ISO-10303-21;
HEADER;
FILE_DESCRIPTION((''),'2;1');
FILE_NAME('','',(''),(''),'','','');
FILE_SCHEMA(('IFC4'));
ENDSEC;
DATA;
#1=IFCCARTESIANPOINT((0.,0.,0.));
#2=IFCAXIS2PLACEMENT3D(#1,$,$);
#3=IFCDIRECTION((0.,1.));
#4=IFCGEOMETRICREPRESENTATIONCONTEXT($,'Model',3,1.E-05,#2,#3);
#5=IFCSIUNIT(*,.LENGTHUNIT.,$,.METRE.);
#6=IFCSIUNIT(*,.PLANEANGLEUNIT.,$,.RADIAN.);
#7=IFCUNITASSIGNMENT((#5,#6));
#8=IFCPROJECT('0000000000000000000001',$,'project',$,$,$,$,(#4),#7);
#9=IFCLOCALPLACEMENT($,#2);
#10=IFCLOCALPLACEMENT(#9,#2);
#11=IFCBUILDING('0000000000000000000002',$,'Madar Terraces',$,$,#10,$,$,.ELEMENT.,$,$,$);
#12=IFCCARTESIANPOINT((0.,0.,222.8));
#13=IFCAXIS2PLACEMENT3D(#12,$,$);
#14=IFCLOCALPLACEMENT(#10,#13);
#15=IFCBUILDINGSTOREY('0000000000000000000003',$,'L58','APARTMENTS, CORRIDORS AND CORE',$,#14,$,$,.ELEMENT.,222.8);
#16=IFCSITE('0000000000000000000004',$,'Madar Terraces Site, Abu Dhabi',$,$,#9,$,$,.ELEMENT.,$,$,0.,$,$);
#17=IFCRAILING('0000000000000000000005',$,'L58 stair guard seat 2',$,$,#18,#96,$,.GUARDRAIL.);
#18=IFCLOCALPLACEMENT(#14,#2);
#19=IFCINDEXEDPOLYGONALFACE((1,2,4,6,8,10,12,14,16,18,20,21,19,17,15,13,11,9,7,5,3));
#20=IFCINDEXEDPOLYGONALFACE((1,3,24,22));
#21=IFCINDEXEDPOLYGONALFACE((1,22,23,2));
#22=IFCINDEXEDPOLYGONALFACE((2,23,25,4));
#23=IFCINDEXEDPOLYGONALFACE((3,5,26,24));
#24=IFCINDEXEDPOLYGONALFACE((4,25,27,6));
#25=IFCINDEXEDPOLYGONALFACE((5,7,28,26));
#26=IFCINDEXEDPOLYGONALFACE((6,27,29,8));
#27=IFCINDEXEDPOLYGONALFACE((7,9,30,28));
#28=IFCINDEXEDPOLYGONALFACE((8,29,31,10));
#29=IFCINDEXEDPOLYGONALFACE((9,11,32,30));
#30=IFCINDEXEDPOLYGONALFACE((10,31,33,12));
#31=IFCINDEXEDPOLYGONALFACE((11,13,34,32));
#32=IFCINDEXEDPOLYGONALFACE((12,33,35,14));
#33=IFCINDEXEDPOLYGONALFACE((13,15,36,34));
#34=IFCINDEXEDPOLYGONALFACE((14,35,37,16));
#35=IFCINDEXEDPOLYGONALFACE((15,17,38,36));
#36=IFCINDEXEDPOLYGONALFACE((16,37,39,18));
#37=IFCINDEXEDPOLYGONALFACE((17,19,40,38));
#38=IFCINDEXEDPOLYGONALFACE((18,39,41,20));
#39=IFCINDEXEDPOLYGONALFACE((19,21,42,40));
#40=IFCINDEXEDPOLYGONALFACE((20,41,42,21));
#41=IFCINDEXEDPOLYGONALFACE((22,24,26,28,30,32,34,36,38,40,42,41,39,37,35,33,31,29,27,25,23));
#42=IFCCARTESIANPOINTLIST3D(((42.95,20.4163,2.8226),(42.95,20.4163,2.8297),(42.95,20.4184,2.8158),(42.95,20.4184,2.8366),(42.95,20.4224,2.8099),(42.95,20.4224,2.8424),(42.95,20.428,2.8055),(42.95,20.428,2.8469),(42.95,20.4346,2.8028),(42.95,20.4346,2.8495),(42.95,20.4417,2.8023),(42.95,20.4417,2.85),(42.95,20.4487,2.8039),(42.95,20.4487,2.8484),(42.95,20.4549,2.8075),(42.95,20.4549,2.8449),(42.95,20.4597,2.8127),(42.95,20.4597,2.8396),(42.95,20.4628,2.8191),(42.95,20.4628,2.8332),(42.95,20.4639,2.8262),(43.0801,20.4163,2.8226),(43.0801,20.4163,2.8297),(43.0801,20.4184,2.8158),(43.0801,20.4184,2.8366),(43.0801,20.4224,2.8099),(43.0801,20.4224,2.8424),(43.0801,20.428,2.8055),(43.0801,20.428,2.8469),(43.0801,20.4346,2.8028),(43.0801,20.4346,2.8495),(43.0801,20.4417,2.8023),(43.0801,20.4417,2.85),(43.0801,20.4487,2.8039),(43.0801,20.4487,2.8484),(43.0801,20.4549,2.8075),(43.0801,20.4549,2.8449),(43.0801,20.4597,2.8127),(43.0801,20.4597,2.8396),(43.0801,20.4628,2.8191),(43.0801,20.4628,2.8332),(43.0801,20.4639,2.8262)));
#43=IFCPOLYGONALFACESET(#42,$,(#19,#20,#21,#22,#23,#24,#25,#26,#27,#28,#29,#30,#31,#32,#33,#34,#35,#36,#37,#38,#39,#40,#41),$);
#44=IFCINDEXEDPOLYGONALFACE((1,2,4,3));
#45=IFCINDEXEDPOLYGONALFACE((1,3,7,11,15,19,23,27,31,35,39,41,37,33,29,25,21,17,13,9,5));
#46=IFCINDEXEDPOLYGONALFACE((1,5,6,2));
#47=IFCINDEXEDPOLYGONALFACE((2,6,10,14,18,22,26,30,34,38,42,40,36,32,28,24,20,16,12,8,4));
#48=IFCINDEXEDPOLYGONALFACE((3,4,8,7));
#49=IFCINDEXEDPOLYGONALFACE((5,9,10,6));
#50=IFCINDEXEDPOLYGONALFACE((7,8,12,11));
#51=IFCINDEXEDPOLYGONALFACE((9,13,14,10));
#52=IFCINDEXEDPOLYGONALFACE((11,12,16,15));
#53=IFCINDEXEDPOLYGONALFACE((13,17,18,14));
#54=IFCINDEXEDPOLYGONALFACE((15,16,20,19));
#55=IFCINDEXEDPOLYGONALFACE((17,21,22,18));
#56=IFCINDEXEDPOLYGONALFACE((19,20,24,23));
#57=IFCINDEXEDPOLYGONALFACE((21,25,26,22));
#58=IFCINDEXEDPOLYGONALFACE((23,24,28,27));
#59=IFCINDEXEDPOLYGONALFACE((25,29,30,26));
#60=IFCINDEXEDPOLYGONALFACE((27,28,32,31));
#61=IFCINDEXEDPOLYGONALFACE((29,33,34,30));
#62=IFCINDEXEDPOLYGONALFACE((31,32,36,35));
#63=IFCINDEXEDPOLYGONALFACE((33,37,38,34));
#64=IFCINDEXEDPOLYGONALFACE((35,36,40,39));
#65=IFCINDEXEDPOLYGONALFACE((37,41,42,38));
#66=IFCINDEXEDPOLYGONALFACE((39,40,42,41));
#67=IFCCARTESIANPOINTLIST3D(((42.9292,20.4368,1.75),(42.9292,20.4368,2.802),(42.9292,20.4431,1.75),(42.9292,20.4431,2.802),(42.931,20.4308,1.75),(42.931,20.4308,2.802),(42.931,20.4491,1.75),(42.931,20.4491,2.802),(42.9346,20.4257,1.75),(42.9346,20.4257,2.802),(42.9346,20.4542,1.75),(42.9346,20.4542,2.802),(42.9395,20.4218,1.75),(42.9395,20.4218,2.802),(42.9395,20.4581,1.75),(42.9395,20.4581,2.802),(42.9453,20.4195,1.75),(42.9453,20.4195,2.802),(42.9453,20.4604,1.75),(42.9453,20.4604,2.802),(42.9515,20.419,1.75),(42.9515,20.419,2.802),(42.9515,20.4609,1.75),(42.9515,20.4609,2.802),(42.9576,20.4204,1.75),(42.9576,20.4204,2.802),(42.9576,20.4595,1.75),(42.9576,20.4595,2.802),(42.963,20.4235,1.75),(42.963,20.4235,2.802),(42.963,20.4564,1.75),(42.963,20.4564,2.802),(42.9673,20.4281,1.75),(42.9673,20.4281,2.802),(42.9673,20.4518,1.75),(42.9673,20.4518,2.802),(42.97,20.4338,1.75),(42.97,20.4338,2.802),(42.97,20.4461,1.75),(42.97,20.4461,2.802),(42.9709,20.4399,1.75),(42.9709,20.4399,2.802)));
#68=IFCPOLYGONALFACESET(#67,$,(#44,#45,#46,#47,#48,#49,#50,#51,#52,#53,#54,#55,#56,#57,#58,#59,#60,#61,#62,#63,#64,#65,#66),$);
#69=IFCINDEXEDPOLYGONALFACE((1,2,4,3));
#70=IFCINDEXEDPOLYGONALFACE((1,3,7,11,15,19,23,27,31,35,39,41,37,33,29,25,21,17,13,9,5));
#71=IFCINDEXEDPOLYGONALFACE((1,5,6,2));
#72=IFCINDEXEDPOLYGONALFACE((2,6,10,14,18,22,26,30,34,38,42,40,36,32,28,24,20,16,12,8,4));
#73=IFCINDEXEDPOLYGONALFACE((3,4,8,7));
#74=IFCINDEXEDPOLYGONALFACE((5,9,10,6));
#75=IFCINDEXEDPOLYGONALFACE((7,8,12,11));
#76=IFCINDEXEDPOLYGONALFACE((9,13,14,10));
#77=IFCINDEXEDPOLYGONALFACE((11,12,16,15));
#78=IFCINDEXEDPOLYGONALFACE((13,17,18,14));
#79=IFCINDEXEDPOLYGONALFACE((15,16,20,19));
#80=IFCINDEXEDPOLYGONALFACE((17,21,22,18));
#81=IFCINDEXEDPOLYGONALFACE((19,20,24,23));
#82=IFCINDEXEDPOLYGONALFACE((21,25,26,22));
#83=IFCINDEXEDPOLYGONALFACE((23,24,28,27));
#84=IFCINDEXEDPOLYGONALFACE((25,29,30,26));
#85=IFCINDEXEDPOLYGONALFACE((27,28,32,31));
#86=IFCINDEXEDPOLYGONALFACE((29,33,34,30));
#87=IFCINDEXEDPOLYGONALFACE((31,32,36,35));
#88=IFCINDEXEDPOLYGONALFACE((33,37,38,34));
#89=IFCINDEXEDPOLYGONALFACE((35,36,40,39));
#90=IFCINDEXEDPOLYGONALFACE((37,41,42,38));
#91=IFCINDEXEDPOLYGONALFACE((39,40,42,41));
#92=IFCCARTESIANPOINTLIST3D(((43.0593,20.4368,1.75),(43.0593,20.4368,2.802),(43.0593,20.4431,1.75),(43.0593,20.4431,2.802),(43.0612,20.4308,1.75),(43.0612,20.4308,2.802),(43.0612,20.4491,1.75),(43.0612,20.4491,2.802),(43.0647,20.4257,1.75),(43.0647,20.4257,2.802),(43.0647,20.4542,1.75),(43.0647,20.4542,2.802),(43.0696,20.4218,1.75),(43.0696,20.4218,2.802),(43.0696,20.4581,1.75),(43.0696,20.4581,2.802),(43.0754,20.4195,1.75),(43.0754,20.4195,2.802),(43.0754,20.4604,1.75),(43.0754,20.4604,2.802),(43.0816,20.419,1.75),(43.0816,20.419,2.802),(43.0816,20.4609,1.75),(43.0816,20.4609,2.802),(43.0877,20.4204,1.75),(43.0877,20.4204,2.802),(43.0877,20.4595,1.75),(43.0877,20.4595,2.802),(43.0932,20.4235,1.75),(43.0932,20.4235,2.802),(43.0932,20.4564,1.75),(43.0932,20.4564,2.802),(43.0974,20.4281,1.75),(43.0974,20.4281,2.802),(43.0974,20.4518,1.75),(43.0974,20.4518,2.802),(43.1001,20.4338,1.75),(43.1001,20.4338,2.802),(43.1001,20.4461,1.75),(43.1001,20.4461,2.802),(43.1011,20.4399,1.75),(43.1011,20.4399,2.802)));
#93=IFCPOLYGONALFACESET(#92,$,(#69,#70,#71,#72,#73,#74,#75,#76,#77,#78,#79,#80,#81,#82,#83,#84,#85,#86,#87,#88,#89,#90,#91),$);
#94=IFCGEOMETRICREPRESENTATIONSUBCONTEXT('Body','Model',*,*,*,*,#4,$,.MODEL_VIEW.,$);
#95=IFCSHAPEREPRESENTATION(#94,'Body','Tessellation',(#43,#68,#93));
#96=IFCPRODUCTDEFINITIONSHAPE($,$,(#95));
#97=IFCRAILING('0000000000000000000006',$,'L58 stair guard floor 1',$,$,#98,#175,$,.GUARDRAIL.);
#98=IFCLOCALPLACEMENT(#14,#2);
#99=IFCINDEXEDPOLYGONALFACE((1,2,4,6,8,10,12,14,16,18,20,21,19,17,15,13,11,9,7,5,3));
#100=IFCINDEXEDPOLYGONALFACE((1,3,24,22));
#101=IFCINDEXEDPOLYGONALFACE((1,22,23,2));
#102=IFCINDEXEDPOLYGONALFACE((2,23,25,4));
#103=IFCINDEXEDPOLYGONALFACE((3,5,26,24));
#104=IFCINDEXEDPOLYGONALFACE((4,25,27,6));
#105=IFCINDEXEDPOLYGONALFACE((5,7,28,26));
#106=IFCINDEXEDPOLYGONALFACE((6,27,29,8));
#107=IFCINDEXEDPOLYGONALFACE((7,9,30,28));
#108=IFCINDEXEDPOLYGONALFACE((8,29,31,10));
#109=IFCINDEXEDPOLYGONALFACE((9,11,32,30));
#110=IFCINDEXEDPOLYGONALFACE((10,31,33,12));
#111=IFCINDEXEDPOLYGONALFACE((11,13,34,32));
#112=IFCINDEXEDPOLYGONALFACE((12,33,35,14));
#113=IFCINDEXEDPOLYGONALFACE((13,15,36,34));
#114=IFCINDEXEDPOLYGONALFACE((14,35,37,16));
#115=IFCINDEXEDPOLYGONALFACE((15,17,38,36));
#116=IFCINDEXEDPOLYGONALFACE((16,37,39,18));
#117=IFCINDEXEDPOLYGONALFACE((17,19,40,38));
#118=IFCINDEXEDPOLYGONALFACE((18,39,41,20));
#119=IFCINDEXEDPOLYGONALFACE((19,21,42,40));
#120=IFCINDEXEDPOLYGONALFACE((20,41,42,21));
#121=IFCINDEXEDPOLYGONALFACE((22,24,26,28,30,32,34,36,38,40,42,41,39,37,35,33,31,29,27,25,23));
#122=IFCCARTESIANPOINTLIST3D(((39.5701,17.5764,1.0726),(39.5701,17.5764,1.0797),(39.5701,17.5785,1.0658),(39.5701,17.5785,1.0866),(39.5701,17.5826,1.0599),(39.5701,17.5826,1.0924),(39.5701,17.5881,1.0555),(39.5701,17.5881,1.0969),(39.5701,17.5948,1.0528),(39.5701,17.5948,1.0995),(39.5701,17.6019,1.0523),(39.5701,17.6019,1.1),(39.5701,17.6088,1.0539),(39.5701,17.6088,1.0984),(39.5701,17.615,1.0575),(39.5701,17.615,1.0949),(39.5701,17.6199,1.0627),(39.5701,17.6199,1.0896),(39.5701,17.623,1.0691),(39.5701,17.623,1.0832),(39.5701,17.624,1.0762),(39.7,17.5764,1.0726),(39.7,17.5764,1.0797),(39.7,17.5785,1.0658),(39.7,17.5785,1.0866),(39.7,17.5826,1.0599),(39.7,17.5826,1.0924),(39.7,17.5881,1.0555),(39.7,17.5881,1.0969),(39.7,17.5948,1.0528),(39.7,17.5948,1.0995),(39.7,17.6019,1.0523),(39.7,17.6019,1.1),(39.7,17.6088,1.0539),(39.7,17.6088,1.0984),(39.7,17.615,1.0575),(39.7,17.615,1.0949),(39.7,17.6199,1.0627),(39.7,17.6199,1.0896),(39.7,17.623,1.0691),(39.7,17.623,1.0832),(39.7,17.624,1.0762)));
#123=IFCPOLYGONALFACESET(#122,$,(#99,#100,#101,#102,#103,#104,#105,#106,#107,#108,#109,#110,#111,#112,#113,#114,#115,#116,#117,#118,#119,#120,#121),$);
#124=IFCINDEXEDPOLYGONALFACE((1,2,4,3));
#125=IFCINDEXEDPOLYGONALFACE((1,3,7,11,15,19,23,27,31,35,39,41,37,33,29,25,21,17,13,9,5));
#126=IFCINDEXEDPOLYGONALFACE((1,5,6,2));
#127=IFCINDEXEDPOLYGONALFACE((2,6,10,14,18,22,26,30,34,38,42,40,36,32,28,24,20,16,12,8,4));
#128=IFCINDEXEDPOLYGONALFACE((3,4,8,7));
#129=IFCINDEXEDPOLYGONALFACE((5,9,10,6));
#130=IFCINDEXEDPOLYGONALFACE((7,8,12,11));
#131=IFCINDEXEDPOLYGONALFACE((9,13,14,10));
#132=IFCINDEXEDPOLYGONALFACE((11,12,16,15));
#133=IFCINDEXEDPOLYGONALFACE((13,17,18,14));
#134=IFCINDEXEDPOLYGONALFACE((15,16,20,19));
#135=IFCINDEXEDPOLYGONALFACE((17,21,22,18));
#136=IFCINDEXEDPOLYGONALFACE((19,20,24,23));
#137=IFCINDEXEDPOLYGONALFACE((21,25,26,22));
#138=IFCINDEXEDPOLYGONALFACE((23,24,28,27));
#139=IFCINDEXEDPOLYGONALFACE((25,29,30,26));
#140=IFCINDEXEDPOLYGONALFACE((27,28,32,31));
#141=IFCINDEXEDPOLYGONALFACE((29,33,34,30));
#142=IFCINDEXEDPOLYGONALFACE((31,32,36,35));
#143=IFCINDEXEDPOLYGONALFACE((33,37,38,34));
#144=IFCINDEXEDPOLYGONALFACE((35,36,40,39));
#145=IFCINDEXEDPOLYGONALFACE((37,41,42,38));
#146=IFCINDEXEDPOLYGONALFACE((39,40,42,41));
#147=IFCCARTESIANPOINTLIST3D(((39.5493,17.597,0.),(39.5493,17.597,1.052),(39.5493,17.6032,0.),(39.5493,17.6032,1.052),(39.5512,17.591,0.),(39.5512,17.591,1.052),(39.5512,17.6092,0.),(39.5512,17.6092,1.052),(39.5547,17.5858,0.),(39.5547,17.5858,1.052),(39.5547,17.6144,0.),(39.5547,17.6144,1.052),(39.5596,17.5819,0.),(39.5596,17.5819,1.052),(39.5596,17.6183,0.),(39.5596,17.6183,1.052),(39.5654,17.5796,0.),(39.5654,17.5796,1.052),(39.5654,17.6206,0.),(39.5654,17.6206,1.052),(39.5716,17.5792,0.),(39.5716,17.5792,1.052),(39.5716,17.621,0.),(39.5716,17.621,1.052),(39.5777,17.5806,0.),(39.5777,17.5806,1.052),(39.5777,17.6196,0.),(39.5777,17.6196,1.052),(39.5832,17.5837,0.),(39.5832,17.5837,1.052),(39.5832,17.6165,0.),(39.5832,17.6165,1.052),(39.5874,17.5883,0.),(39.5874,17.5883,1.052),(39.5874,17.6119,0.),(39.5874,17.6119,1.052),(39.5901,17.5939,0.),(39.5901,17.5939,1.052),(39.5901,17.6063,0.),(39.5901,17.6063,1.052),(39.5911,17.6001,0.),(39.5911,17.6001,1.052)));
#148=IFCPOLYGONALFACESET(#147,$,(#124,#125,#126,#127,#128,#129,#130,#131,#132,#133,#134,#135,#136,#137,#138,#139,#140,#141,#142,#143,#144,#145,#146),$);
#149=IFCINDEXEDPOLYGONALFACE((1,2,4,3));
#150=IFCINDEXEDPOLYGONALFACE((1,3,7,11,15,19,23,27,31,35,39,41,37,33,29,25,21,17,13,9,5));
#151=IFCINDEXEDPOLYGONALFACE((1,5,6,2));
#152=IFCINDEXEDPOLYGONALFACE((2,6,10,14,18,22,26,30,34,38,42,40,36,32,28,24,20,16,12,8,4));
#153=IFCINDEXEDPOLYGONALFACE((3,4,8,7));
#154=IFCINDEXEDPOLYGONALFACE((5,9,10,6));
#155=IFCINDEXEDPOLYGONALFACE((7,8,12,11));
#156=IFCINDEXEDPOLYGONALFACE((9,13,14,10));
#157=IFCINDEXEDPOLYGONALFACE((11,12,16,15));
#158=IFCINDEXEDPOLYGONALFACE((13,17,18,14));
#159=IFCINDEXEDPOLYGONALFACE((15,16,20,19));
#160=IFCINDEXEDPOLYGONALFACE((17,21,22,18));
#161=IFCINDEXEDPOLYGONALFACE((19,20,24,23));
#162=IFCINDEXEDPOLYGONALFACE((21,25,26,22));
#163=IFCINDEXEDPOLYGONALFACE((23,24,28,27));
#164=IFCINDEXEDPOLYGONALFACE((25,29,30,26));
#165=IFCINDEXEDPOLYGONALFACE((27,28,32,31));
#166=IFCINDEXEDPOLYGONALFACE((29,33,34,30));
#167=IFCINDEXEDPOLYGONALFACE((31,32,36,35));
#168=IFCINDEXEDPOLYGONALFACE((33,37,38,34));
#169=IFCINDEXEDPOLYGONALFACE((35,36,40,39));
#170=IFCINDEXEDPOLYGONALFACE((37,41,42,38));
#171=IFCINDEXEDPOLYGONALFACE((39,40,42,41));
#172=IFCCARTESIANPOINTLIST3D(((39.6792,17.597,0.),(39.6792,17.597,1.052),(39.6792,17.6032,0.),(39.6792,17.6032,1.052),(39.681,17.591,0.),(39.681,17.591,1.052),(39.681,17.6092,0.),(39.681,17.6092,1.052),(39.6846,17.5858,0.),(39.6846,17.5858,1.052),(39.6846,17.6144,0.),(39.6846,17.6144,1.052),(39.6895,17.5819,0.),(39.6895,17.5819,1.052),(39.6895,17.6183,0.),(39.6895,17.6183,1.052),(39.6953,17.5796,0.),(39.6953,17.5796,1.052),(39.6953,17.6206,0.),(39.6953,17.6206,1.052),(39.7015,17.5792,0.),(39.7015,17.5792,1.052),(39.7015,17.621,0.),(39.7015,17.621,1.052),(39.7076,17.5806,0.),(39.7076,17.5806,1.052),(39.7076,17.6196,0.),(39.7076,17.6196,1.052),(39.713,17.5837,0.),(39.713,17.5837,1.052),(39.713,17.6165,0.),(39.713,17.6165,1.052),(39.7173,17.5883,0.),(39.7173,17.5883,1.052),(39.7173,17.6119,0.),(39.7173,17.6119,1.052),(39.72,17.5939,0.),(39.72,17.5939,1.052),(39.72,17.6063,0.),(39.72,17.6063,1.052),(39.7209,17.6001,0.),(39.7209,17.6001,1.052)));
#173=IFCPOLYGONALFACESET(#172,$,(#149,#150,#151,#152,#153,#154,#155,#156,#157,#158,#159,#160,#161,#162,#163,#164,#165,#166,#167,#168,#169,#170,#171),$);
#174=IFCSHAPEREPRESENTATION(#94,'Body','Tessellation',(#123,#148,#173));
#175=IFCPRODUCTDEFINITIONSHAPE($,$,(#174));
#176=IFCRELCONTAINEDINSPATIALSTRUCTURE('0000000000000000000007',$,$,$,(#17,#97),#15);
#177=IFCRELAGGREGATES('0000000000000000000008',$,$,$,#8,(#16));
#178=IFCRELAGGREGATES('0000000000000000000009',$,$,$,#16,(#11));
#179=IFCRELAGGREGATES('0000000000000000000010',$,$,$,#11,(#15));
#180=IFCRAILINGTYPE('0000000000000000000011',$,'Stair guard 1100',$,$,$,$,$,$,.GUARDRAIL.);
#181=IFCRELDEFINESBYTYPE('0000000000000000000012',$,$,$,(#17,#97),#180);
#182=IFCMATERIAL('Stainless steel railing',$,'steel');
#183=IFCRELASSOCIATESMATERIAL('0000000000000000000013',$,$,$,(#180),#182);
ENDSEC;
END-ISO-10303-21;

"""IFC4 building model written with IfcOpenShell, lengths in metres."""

from ifc_helpers import new_model, si_unit, direction, frame, origin, origin_2d, place, context, subcontext, project, spatial, circle, extrude, material, type_object, element, save


model = new_model("IFC4")

# Units and contexts
model_context = context("Model", 3, precision=1e-05, world=origin(), true_north=direction((0.0, 1.0)))
body_context = subcontext(model_context, "Body", "Model", "MODEL_VIEW")
ifc_project = project(units=[si_unit("LENGTHUNIT", "METRE"), si_unit("PLANEANGLEUNIT", "RADIAN")], contexts=[model_context])

# Site, building, storey
site_placement = place(None, origin())
site = spatial("IfcSite", under=ifc_project, at=site_placement, Name="Madar Terraces Site, Abu Dhabi", CompositionType="ELEMENT", RefElevation=0.0)
building_placement = place(site_placement, origin())
building = spatial("IfcBuilding", under=site, at=building_placement, Name="Madar Terraces", CompositionType="ELEMENT")
storey_placement = place(building_placement, frame((0.0, 0.0, 222.8)))
storey = spatial("IfcBuildingStorey", under=building, at=storey_placement, Name="L58", Description="APARTMENTS, CORRIDORS AND CORE", CompositionType="ELEMENT", Elevation=222.8)

# Railings
ifc_material_1 = material(Name="Stainless steel railing", Category="steel")
railing_type_1 = type_object("IfcRailingType", Name="Stair guard 1100", PredefinedType="GUARDRAIL", material=ifc_material_1)
railing_1_placement = place(storey_placement, frame((42.95, 20.4399, 1.75)))
element("IfcRailing", 1, at=railing_1_placement, inside=storey, type_object=railing_type_1, Name="L58 stair guard seat 2", PredefinedType="GUARDRAIL", context=body_context, shape_type="SweptSolid", body=[
    extrude(circle(Radius=0.0239, at=origin_2d()), frame((0.0, 0.0, 1.0762), z_axis=(1.0, 0.0, 0.0), x_axis=(0.0, 1.0, 0.0)), (0.0, 0.0, 1.0), 0.1301),
    extrude(circle(Radius=0.021, at=origin_2d()), origin(), (0.0, 0.0, 1.0), 1.052),
    extrude(circle(Radius=0.021, at=origin_2d()), frame((0.1301, 0.0, 0.0)), (0.0, 0.0, 1.0), 1.052),
])
railing_2_placement = place(storey_placement, frame((39.5701, 17.6001, 0.0)))
element("IfcRailing", 2, at=railing_2_placement, inside=storey, type_object=railing_type_1, Name="L58 stair guard floor 1", PredefinedType="GUARDRAIL", context=body_context, shape_type="SweptSolid", body=[
    extrude(circle(Radius=0.0239, at=origin_2d()), frame((0.0, 0.0, 1.0762), z_axis=(1.0, 0.0, 0.0), x_axis=(0.0, 1.0, 0.0)), (0.0, 0.0, 1.0), 0.1299),
    extrude(circle(Radius=0.021, at=origin_2d()), origin(), (0.0, 0.0, 1.0), 1.052),
    extrude(circle(Radius=0.021, at=origin_2d()), frame((0.1299, 0.0, 0.0)), (0.0, 0.0, 1.0), 1.052),
])

save(model, "model.ifc")
